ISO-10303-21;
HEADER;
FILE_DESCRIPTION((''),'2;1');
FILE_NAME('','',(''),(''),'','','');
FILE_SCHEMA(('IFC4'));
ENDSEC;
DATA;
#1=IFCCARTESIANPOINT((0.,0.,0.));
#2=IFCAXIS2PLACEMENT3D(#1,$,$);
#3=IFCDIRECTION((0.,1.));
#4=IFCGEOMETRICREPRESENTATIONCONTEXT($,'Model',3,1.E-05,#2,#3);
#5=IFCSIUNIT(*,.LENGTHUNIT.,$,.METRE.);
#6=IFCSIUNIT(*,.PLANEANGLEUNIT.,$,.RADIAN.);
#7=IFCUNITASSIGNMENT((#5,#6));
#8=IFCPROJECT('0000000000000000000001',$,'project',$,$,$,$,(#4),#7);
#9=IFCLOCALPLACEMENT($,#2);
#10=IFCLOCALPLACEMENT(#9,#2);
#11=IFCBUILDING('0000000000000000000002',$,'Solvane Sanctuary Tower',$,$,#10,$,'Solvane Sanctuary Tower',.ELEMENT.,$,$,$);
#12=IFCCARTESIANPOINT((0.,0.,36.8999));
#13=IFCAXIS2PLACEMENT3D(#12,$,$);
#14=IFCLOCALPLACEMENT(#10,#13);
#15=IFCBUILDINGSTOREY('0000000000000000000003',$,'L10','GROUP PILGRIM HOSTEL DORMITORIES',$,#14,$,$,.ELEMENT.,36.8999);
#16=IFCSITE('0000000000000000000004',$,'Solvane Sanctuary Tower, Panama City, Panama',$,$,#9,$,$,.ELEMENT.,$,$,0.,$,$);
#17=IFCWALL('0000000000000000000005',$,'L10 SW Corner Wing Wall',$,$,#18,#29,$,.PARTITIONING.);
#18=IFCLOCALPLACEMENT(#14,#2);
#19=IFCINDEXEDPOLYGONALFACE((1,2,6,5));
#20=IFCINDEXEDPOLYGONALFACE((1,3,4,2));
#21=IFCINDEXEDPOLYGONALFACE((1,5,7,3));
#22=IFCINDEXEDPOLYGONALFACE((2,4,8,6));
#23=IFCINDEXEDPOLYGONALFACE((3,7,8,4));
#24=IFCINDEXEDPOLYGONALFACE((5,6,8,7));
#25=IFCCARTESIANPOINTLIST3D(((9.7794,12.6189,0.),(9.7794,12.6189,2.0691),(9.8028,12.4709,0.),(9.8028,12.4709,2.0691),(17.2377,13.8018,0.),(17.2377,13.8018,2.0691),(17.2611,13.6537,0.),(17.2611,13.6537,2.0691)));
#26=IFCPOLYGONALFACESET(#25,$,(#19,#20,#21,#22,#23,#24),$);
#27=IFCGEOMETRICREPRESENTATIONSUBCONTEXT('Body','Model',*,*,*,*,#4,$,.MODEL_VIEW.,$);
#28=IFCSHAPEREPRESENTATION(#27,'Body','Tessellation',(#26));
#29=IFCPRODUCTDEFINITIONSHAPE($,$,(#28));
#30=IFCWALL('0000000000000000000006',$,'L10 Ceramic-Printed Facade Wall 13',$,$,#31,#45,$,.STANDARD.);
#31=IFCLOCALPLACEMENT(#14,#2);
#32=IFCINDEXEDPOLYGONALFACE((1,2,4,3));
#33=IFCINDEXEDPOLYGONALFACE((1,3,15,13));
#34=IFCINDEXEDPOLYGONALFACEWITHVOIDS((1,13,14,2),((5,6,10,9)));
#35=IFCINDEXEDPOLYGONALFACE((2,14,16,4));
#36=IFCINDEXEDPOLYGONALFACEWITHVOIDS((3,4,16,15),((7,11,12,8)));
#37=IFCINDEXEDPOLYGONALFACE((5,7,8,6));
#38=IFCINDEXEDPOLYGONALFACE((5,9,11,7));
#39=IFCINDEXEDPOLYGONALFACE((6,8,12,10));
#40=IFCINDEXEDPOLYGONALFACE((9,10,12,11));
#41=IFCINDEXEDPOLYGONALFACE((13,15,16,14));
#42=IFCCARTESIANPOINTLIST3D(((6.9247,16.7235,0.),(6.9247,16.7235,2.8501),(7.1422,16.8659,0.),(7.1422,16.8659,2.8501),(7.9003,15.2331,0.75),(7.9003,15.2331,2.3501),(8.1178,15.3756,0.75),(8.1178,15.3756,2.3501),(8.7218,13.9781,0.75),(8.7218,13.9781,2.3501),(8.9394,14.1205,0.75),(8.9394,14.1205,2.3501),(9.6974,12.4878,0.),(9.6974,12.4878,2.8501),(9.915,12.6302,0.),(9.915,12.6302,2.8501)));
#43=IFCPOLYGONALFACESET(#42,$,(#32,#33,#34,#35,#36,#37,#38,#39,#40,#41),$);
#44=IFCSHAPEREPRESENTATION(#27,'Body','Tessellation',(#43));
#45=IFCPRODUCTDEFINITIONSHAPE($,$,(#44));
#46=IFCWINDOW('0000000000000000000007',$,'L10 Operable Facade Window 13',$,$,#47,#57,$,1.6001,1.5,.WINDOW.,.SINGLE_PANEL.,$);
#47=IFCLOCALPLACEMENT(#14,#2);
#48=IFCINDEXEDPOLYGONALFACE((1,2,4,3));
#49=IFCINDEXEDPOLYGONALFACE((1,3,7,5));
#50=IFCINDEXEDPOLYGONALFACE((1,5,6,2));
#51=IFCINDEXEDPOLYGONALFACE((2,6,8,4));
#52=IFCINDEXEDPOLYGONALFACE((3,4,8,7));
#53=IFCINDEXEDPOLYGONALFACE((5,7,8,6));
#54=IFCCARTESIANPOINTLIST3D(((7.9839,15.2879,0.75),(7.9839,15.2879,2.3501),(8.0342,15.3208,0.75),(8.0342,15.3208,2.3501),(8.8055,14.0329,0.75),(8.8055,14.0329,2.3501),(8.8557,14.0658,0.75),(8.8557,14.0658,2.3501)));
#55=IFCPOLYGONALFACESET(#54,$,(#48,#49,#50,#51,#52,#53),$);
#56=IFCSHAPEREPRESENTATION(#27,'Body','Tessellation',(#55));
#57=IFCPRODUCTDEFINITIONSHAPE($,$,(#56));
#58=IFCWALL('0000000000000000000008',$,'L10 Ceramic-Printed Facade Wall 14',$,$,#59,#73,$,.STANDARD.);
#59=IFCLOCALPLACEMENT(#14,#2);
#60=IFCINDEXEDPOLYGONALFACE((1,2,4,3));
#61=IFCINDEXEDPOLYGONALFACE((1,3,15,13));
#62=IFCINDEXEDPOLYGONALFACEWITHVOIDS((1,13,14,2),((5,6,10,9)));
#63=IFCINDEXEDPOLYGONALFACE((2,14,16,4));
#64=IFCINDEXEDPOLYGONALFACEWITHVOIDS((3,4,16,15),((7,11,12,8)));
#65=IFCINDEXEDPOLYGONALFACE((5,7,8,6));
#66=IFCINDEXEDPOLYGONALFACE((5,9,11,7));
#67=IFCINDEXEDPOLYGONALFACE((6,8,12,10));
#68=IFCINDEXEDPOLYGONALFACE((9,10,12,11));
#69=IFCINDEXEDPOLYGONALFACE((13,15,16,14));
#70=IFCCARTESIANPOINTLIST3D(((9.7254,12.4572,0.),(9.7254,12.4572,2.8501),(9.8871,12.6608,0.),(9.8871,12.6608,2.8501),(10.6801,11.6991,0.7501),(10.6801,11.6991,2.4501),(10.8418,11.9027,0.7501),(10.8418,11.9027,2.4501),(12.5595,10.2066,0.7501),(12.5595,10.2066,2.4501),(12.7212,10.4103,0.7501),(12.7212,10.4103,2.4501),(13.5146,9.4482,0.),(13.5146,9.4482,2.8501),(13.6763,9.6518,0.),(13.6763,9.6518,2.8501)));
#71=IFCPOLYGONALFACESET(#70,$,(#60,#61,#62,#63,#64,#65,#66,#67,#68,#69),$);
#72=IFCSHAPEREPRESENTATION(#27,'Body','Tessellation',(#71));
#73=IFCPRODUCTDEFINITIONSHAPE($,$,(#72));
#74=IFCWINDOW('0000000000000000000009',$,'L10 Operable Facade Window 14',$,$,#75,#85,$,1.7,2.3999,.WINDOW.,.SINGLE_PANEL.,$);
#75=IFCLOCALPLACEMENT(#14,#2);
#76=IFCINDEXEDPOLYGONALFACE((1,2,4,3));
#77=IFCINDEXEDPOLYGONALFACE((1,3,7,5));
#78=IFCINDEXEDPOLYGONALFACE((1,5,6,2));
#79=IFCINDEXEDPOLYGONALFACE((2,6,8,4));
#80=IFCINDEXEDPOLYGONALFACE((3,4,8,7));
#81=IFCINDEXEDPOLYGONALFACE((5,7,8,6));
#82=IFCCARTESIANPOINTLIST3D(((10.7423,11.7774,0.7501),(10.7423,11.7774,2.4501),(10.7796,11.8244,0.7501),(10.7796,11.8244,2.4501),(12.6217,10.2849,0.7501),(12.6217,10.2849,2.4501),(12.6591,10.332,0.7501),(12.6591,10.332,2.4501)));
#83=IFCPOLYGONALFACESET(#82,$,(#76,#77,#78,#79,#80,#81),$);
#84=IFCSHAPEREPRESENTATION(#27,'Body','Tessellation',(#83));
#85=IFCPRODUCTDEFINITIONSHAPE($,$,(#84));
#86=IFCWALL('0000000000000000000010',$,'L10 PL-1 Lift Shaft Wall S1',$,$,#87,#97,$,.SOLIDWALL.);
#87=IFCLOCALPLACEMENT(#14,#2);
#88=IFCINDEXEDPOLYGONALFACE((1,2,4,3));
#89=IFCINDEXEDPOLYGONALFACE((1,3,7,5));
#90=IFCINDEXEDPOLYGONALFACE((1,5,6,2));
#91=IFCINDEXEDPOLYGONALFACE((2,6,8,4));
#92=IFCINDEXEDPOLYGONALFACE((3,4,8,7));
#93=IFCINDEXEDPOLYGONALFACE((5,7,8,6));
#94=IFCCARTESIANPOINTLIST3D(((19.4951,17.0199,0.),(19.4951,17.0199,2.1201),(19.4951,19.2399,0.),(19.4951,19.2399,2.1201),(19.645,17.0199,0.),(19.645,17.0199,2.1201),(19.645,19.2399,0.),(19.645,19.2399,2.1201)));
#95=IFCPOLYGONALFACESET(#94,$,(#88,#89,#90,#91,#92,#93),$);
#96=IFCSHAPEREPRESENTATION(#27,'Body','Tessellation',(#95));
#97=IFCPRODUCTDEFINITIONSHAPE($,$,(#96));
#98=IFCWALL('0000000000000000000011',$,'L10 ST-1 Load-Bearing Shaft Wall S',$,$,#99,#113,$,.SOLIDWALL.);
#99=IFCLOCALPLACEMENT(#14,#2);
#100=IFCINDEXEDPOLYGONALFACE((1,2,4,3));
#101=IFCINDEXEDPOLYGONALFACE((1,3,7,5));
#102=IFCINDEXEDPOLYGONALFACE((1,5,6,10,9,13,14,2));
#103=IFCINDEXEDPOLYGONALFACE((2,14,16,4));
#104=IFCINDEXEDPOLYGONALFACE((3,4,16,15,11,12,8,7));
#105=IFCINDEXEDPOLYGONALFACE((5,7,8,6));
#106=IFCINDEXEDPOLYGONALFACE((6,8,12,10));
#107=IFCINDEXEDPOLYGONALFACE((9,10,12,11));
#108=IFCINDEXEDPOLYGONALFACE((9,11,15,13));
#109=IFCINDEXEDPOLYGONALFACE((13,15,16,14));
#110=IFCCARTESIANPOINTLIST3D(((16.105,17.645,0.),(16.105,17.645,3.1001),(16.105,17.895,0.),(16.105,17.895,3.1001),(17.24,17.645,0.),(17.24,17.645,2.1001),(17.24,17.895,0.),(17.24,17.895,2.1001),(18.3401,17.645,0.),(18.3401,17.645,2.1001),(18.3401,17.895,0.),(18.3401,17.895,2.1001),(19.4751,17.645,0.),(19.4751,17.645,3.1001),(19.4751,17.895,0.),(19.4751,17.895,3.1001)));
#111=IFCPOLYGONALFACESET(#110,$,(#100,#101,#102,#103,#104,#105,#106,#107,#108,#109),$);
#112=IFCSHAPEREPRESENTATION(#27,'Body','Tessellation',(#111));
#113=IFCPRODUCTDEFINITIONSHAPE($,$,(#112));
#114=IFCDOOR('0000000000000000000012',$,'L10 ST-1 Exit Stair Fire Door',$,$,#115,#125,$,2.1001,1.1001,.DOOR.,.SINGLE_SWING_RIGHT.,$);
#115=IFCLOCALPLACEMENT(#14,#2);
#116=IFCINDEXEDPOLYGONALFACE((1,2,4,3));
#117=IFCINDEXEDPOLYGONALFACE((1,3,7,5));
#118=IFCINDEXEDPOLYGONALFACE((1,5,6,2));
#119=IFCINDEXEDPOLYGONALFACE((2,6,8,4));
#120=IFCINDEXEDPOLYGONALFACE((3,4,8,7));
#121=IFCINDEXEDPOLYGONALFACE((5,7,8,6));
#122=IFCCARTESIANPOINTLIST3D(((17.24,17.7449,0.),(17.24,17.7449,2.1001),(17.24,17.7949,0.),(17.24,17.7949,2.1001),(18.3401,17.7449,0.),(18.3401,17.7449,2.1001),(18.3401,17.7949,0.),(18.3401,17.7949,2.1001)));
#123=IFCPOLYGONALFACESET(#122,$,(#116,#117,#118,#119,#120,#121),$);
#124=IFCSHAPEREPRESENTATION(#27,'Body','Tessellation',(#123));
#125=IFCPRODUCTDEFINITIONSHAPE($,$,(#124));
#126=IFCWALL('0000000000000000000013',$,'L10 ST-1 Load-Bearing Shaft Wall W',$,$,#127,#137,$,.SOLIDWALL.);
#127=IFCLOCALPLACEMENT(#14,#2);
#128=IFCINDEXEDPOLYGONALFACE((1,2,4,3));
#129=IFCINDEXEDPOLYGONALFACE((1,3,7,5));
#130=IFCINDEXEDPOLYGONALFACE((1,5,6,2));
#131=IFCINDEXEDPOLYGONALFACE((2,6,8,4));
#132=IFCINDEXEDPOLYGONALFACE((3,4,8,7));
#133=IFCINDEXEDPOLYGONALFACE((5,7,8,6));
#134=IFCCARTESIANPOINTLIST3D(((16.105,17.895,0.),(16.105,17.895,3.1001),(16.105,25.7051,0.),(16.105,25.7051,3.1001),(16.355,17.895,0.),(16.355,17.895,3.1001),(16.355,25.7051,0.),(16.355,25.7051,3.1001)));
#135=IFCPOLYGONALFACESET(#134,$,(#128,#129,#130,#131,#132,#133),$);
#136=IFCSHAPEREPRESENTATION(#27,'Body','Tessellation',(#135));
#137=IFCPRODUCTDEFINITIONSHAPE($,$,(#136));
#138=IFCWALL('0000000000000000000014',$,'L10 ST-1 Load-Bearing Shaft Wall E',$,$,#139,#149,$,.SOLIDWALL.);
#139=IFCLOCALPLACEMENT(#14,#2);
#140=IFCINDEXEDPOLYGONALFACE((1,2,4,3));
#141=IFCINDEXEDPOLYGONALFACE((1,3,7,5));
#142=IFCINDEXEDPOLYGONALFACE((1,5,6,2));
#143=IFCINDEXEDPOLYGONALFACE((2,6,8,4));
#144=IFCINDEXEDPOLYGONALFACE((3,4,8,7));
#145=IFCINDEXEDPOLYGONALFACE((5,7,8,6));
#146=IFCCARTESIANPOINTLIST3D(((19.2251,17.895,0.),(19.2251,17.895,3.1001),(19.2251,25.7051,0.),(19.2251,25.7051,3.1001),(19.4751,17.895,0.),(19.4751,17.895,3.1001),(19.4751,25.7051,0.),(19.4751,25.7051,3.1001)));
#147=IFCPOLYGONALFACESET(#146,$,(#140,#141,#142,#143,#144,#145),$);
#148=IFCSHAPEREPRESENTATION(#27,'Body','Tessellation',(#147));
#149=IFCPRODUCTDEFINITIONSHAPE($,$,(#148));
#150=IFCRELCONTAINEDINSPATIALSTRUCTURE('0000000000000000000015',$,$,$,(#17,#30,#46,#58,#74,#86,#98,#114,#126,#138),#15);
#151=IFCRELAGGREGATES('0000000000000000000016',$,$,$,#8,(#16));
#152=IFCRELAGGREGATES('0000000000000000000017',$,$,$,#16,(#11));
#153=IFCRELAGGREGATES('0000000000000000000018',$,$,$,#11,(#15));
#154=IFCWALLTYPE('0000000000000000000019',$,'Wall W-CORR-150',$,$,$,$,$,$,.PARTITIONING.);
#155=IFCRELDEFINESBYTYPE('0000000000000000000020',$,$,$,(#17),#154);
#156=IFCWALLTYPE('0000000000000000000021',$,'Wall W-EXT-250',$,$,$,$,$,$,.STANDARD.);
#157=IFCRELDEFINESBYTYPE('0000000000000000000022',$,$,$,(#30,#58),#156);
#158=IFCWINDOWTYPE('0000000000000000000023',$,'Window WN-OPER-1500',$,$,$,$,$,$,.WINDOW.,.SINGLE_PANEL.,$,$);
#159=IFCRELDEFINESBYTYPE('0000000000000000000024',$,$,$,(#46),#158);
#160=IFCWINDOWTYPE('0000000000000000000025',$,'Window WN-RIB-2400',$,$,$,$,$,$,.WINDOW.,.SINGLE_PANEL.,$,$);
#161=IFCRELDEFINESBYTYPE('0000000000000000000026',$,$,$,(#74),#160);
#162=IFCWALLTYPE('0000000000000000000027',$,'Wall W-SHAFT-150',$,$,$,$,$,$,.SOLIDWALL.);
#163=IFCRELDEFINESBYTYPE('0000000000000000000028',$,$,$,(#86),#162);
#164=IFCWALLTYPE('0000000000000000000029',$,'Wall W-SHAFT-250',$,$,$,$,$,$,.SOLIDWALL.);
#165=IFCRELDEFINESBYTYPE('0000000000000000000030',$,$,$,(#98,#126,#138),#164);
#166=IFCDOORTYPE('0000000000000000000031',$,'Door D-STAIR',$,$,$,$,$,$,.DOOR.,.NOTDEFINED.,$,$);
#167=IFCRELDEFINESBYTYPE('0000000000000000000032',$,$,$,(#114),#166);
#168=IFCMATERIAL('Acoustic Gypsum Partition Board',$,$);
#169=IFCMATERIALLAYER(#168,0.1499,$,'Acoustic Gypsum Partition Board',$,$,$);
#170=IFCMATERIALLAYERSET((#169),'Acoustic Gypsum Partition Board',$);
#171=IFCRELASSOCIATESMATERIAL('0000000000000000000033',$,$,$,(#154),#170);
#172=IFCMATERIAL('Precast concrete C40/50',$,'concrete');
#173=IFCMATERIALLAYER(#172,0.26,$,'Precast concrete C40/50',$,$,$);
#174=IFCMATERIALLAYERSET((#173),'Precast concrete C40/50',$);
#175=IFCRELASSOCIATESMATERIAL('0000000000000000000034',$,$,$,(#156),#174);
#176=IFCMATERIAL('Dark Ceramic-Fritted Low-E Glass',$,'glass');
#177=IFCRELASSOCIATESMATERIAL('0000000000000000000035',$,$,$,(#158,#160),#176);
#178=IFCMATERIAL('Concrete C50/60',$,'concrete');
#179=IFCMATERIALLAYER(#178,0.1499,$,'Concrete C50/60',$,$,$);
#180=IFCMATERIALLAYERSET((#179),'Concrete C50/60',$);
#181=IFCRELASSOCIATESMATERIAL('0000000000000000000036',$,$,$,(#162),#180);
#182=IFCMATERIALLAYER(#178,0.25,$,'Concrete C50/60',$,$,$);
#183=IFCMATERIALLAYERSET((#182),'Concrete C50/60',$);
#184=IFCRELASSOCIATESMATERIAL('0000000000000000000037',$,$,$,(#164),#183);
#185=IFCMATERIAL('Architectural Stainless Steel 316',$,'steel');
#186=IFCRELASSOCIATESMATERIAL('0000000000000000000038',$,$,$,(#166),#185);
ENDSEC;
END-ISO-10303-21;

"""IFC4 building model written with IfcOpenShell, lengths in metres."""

from ifc_helpers import new_model, si_unit, direction, frame, frame_2d, origin, place, context, subcontext, project, spatial, rectangle, extrude, material, layer, layer_set, type_object, element, fill, save


model = new_model("IFC4")

# Units and contexts
model_context = context("Model", 3, precision=1e-05, world=origin(), true_north=direction((0.0, 1.0)))
body_context = subcontext(model_context, "Body", "Model", "MODEL_VIEW")
ifc_project = project(units=[si_unit("LENGTHUNIT", "METRE"), si_unit("PLANEANGLEUNIT", "RADIAN")], contexts=[model_context])

# Site, building, storey
site_placement = place(None, origin())
site = spatial("IfcSite", under=ifc_project, at=site_placement, Name="Solvane Sanctuary Tower, Panama City, Panama", CompositionType="ELEMENT", RefElevation=0.0)
building_placement = place(site_placement, origin())
building = spatial("IfcBuilding", under=site, at=building_placement, Name="Solvane Sanctuary Tower", LongName="Solvane Sanctuary Tower", CompositionType="ELEMENT")
storey_placement = place(building_placement, frame((0.0, 0.0, 36.8999)))
storey = spatial("IfcBuildingStorey", under=building, at=storey_placement, Name="L10", Description="GROUP PILGRIM HOSTEL DORMITORIES", CompositionType="ELEMENT", Elevation=36.8999)

# Shared definitions
ifc_material_1 = material(Name="Acoustic Gypsum Partition Board")
ifc_layer_1 = layer(ifc_material_1, 0.1499, Name="Acoustic Gypsum Partition Board")
ifc_layer_set_1 = layer_set([ifc_layer_1], Name="Acoustic Gypsum Partition Board")
wall_type_1 = type_object("IfcWallType", Name="Wall W-CORR-150", PredefinedType="PARTITIONING", material=ifc_layer_set_1)

# Wall
wall_1_placement = place(storey_placement, frame((17.2495, 13.7278, 0.0), z_axis=(0.0, 0.0, 1.0), x_axis=(-0.987656, -0.15664, 0.0)))
element("IfcWall", 1, at=wall_1_placement, inside=storey, type_object=wall_type_1, Name="L10 SW Corner Wing Wall", PredefinedType="PARTITIONING", context=body_context, shape_type="SweptSolid", body=[
    extrude(rectangle(XDim=7.5515, YDim=0.1499, at=frame_2d((3.7759, 0.0))), origin(), (0.0, 0.0, 1.0), 2.0691),
])

# Walls, openings, windows
ifc_material_2 = material(Name="Precast concrete C40/50", Category="concrete")
ifc_layer_2 = layer(ifc_material_2, 0.26, Name="Precast concrete C40/50")
ifc_layer_set_2 = layer_set([ifc_layer_2], Name="Precast concrete C40/50")
wall_type_2 = type_object("IfcWallType", Name="Wall W-EXT-250", PredefinedType="STANDARD", material=ifc_layer_set_2)
wall_2_placement = place(storey_placement, frame((7.0334, 16.7947, 0.0), z_axis=(0.0, 0.0, 1.0), x_axis=(0.547703, -0.836673, 0.0)))
wall_2 = element("IfcWall", 2, at=wall_2_placement, inside=storey, type_object=wall_type_2, Name="L10 Ceramic-Printed Facade Wall 13", PredefinedType="STANDARD", context=body_context, shape_type="SweptSolid", body=[
    extrude(rectangle(XDim=5.0625, YDim=0.26, at=frame_2d((2.5312, 0.0))), origin(), (0.0, 0.0, 1.0), 2.8501),
])
opening_1_placement = place(wall_2_placement, frame((1.7812, 0.0, 0.75)))
opening_1 = element("IfcOpeningElement", 3, at=opening_1_placement, cuts=wall_2, PredefinedType="OPENING", context=body_context, shape_type="SweptSolid", body=[
    extrude(rectangle(XDim=1.5, YDim=1.6001, at=frame_2d((0.75, 0.8))), frame((0.0, 0.1399, 0.0), z_axis=(0.0, -1.0, 0.0), x_axis=(1.0, 0.0, 0.0)), (0.0, 0.0, 1.0), 0.28),
])
ifc_material_3 = material(Name="Dark Ceramic-Fritted Low-E Glass", Category="glass")
window_type_1 = type_object("IfcWindowType", Name="Window WN-OPER-1500", PartitioningType="SINGLE_PANEL", PredefinedType="WINDOW", material=ifc_material_3)
window_1_placement = place(opening_1_placement, origin())
window_1 = element("IfcWindow", 4, at=window_1_placement, inside=storey, type_object=window_type_1, Name="L10 Operable Facade Window 13", OverallHeight=1.6001, OverallWidth=1.5, PartitioningType="SINGLE_PANEL", PredefinedType="WINDOW", context=body_context, shape_type="SweptSolid", body=[
    extrude(rectangle(XDim=1.5, YDim=1.6001, at=frame_2d((0.75, 0.8))), frame((0.0, 0.03, 0.0), z_axis=(0.0, -1.0, 0.0), x_axis=(1.0, 0.0, 0.0)), (0.0, 0.0, 1.0), 0.0601),
])
fill(opening_1, window_1)
wall_3_placement = place(storey_placement, frame((9.8062, 12.5591, 0.0), z_axis=(0.0, 0.0, 1.0), x_axis=(0.783123, -0.621867, 0.0)))
wall_3 = element("IfcWall", 5, at=wall_3_placement, inside=storey, type_object=wall_type_2, Name="L10 Ceramic-Printed Facade Wall 14", PredefinedType="STANDARD", context=body_context, shape_type="SweptSolid", body=[
    extrude(rectangle(XDim=4.8386, YDim=0.26, at=frame_2d((2.4194, 0.0))), origin(), (0.0, 0.0, 1.0), 2.8501),
])
opening_2_placement = place(wall_3_placement, frame((1.2192, 0.0, 0.75)))
opening_2 = element("IfcOpeningElement", 6, at=opening_2_placement, cuts=wall_3, PredefinedType="OPENING", context=body_context, shape_type="SweptSolid", body=[
    extrude(rectangle(XDim=2.3999, YDim=1.7, at=frame_2d((1.2, 0.8501))), frame((0.0, 0.1399, 0.0), z_axis=(0.0, -1.0, 0.0), x_axis=(1.0, 0.0, 0.0)), (0.0, 0.0, 1.0), 0.28),
])
window_type_2 = type_object("IfcWindowType", Name="Window WN-RIB-2400", PartitioningType="SINGLE_PANEL", PredefinedType="WINDOW", material=ifc_material_3)
window_2_placement = place(opening_2_placement, origin())
window_2 = element("IfcWindow", 7, at=window_2_placement, inside=storey, type_object=window_type_2, Name="L10 Operable Facade Window 14", OverallHeight=1.7, OverallWidth=2.3999, PartitioningType="SINGLE_PANEL", PredefinedType="WINDOW", context=body_context, shape_type="SweptSolid", body=[
    extrude(rectangle(XDim=2.3999, YDim=1.7, at=frame_2d((1.2, 0.8501))), frame((0.0, 0.03, 0.0), z_axis=(0.0, -1.0, 0.0), x_axis=(1.0, 0.0, 0.0)), (0.0, 0.0, 1.0), 0.0601),
])
fill(opening_2, window_2)

# Wall
ifc_material_4 = material(Name="Concrete C50/60", Category="concrete")
ifc_layer_3 = layer(ifc_material_4, 0.1499, Name="Concrete C50/60")
ifc_layer_set_3 = layer_set([ifc_layer_3], Name="Concrete C50/60")
wall_type_3 = type_object("IfcWallType", Name="Wall W-SHAFT-150", PredefinedType="SOLIDWALL", material=ifc_layer_set_3)
wall_4_placement = place(storey_placement, frame((19.5701, 17.02, 0.0), z_axis=(0.0, 0.0, 1.0), x_axis=(0.0, 1.0, 0.0)))
element("IfcWall", 8, at=wall_4_placement, inside=storey, type_object=wall_type_3, Name="L10 PL-1 Lift Shaft Wall S1", PredefinedType="SOLIDWALL", context=body_context, shape_type="SweptSolid", body=[
    extrude(rectangle(XDim=2.22, YDim=0.1499, at=frame_2d((1.1099, 0.0))), origin(), (0.0, 0.0, 1.0), 2.1201),
])

# Wall, opening, door
ifc_layer_4 = layer(ifc_material_4, 0.25, Name="Concrete C50/60")
ifc_layer_set_4 = layer_set([ifc_layer_4], Name="Concrete C50/60")
wall_type_4 = type_object("IfcWallType", Name="Wall W-SHAFT-250", PredefinedType="SOLIDWALL", material=ifc_layer_set_4)
wall_5_placement = place(storey_placement, frame((16.105, 17.77, 0.0), z_axis=(0.0, 0.0, 1.0), x_axis=(1.0, 0.0, 0.0)))
wall_5 = element("IfcWall", 9, at=wall_5_placement, inside=storey, type_object=wall_type_4, Name="L10 ST-1 Load-Bearing Shaft Wall S", PredefinedType="SOLIDWALL", context=body_context, shape_type="SweptSolid", body=[
    extrude(rectangle(XDim=3.3701, YDim=0.25, at=frame_2d((1.6851, 0.0))), origin(), (0.0, 0.0, 1.0), 3.1001),
])
opening_3_placement = place(wall_5_placement, frame((1.135, 0.0, 0.0)))
opening_3 = element("IfcOpeningElement", 10, at=opening_3_placement, cuts=wall_5, PredefinedType="OPENING", context=body_context, shape_type="SweptSolid", body=[
    extrude(rectangle(XDim=1.1001, YDim=2.1001, at=frame_2d((0.55, 1.05))), frame((0.0, 0.135, 0.0), z_axis=(0.0, -1.0, 0.0), x_axis=(1.0, 0.0, 0.0)), (0.0, 0.0, 1.0), 0.27),
])
ifc_material_5 = material(Name="Architectural Stainless Steel 316", Category="steel")
door_type_1 = type_object("IfcDoorType", Name="Door D-STAIR", OperationType="NOTDEFINED", PredefinedType="DOOR", material=ifc_material_5)
door_1_placement = place(opening_3_placement, origin())
door_1 = element("IfcDoor", 11, at=door_1_placement, inside=storey, type_object=door_type_1, Name="L10 ST-1 Exit Stair Fire Door", OperationType="SINGLE_SWING_RIGHT", OverallHeight=2.1001, OverallWidth=1.1001, PredefinedType="DOOR", context=body_context, shape_type="SweptSolid", body=[
    extrude(rectangle(XDim=1.1001, YDim=2.1001, at=frame_2d((0.55, 1.05))), frame((0.0, 0.0249, 0.0), z_axis=(0.0, -1.0, 0.0), x_axis=(1.0, 0.0, 0.0)), (0.0, 0.0, 1.0), 0.05),
])
fill(opening_3, door_1)

# Walls
for number, where, z_axis, x_axis, name in (
    (12, (16.23, 17.895, 0.0), (0.0, 0.0, 1.0), (0.0, 1.0, 0.0), "L10 ST-1 Load-Bearing Shaft Wall W"),
    (13, (19.3501, 17.895, 0.0), (0.0, 0.0, 1.0), (0.0, 1.0, 0.0), "L10 ST-1 Load-Bearing Shaft Wall E"),
):
    element("IfcWall", number, at=place(storey_placement, frame(where, z_axis=z_axis, x_axis=x_axis)), inside=storey, type_object=wall_type_4, Name=name, PredefinedType="SOLIDWALL", context=body_context, shape_type="SweptSolid", body=[
        extrude(rectangle(XDim=7.8101, YDim=0.25, at=frame_2d((3.905, 0.0))), origin(), (0.0, 0.0, 1.0), 3.1001),
    ])

save(model, "model.ifc")
